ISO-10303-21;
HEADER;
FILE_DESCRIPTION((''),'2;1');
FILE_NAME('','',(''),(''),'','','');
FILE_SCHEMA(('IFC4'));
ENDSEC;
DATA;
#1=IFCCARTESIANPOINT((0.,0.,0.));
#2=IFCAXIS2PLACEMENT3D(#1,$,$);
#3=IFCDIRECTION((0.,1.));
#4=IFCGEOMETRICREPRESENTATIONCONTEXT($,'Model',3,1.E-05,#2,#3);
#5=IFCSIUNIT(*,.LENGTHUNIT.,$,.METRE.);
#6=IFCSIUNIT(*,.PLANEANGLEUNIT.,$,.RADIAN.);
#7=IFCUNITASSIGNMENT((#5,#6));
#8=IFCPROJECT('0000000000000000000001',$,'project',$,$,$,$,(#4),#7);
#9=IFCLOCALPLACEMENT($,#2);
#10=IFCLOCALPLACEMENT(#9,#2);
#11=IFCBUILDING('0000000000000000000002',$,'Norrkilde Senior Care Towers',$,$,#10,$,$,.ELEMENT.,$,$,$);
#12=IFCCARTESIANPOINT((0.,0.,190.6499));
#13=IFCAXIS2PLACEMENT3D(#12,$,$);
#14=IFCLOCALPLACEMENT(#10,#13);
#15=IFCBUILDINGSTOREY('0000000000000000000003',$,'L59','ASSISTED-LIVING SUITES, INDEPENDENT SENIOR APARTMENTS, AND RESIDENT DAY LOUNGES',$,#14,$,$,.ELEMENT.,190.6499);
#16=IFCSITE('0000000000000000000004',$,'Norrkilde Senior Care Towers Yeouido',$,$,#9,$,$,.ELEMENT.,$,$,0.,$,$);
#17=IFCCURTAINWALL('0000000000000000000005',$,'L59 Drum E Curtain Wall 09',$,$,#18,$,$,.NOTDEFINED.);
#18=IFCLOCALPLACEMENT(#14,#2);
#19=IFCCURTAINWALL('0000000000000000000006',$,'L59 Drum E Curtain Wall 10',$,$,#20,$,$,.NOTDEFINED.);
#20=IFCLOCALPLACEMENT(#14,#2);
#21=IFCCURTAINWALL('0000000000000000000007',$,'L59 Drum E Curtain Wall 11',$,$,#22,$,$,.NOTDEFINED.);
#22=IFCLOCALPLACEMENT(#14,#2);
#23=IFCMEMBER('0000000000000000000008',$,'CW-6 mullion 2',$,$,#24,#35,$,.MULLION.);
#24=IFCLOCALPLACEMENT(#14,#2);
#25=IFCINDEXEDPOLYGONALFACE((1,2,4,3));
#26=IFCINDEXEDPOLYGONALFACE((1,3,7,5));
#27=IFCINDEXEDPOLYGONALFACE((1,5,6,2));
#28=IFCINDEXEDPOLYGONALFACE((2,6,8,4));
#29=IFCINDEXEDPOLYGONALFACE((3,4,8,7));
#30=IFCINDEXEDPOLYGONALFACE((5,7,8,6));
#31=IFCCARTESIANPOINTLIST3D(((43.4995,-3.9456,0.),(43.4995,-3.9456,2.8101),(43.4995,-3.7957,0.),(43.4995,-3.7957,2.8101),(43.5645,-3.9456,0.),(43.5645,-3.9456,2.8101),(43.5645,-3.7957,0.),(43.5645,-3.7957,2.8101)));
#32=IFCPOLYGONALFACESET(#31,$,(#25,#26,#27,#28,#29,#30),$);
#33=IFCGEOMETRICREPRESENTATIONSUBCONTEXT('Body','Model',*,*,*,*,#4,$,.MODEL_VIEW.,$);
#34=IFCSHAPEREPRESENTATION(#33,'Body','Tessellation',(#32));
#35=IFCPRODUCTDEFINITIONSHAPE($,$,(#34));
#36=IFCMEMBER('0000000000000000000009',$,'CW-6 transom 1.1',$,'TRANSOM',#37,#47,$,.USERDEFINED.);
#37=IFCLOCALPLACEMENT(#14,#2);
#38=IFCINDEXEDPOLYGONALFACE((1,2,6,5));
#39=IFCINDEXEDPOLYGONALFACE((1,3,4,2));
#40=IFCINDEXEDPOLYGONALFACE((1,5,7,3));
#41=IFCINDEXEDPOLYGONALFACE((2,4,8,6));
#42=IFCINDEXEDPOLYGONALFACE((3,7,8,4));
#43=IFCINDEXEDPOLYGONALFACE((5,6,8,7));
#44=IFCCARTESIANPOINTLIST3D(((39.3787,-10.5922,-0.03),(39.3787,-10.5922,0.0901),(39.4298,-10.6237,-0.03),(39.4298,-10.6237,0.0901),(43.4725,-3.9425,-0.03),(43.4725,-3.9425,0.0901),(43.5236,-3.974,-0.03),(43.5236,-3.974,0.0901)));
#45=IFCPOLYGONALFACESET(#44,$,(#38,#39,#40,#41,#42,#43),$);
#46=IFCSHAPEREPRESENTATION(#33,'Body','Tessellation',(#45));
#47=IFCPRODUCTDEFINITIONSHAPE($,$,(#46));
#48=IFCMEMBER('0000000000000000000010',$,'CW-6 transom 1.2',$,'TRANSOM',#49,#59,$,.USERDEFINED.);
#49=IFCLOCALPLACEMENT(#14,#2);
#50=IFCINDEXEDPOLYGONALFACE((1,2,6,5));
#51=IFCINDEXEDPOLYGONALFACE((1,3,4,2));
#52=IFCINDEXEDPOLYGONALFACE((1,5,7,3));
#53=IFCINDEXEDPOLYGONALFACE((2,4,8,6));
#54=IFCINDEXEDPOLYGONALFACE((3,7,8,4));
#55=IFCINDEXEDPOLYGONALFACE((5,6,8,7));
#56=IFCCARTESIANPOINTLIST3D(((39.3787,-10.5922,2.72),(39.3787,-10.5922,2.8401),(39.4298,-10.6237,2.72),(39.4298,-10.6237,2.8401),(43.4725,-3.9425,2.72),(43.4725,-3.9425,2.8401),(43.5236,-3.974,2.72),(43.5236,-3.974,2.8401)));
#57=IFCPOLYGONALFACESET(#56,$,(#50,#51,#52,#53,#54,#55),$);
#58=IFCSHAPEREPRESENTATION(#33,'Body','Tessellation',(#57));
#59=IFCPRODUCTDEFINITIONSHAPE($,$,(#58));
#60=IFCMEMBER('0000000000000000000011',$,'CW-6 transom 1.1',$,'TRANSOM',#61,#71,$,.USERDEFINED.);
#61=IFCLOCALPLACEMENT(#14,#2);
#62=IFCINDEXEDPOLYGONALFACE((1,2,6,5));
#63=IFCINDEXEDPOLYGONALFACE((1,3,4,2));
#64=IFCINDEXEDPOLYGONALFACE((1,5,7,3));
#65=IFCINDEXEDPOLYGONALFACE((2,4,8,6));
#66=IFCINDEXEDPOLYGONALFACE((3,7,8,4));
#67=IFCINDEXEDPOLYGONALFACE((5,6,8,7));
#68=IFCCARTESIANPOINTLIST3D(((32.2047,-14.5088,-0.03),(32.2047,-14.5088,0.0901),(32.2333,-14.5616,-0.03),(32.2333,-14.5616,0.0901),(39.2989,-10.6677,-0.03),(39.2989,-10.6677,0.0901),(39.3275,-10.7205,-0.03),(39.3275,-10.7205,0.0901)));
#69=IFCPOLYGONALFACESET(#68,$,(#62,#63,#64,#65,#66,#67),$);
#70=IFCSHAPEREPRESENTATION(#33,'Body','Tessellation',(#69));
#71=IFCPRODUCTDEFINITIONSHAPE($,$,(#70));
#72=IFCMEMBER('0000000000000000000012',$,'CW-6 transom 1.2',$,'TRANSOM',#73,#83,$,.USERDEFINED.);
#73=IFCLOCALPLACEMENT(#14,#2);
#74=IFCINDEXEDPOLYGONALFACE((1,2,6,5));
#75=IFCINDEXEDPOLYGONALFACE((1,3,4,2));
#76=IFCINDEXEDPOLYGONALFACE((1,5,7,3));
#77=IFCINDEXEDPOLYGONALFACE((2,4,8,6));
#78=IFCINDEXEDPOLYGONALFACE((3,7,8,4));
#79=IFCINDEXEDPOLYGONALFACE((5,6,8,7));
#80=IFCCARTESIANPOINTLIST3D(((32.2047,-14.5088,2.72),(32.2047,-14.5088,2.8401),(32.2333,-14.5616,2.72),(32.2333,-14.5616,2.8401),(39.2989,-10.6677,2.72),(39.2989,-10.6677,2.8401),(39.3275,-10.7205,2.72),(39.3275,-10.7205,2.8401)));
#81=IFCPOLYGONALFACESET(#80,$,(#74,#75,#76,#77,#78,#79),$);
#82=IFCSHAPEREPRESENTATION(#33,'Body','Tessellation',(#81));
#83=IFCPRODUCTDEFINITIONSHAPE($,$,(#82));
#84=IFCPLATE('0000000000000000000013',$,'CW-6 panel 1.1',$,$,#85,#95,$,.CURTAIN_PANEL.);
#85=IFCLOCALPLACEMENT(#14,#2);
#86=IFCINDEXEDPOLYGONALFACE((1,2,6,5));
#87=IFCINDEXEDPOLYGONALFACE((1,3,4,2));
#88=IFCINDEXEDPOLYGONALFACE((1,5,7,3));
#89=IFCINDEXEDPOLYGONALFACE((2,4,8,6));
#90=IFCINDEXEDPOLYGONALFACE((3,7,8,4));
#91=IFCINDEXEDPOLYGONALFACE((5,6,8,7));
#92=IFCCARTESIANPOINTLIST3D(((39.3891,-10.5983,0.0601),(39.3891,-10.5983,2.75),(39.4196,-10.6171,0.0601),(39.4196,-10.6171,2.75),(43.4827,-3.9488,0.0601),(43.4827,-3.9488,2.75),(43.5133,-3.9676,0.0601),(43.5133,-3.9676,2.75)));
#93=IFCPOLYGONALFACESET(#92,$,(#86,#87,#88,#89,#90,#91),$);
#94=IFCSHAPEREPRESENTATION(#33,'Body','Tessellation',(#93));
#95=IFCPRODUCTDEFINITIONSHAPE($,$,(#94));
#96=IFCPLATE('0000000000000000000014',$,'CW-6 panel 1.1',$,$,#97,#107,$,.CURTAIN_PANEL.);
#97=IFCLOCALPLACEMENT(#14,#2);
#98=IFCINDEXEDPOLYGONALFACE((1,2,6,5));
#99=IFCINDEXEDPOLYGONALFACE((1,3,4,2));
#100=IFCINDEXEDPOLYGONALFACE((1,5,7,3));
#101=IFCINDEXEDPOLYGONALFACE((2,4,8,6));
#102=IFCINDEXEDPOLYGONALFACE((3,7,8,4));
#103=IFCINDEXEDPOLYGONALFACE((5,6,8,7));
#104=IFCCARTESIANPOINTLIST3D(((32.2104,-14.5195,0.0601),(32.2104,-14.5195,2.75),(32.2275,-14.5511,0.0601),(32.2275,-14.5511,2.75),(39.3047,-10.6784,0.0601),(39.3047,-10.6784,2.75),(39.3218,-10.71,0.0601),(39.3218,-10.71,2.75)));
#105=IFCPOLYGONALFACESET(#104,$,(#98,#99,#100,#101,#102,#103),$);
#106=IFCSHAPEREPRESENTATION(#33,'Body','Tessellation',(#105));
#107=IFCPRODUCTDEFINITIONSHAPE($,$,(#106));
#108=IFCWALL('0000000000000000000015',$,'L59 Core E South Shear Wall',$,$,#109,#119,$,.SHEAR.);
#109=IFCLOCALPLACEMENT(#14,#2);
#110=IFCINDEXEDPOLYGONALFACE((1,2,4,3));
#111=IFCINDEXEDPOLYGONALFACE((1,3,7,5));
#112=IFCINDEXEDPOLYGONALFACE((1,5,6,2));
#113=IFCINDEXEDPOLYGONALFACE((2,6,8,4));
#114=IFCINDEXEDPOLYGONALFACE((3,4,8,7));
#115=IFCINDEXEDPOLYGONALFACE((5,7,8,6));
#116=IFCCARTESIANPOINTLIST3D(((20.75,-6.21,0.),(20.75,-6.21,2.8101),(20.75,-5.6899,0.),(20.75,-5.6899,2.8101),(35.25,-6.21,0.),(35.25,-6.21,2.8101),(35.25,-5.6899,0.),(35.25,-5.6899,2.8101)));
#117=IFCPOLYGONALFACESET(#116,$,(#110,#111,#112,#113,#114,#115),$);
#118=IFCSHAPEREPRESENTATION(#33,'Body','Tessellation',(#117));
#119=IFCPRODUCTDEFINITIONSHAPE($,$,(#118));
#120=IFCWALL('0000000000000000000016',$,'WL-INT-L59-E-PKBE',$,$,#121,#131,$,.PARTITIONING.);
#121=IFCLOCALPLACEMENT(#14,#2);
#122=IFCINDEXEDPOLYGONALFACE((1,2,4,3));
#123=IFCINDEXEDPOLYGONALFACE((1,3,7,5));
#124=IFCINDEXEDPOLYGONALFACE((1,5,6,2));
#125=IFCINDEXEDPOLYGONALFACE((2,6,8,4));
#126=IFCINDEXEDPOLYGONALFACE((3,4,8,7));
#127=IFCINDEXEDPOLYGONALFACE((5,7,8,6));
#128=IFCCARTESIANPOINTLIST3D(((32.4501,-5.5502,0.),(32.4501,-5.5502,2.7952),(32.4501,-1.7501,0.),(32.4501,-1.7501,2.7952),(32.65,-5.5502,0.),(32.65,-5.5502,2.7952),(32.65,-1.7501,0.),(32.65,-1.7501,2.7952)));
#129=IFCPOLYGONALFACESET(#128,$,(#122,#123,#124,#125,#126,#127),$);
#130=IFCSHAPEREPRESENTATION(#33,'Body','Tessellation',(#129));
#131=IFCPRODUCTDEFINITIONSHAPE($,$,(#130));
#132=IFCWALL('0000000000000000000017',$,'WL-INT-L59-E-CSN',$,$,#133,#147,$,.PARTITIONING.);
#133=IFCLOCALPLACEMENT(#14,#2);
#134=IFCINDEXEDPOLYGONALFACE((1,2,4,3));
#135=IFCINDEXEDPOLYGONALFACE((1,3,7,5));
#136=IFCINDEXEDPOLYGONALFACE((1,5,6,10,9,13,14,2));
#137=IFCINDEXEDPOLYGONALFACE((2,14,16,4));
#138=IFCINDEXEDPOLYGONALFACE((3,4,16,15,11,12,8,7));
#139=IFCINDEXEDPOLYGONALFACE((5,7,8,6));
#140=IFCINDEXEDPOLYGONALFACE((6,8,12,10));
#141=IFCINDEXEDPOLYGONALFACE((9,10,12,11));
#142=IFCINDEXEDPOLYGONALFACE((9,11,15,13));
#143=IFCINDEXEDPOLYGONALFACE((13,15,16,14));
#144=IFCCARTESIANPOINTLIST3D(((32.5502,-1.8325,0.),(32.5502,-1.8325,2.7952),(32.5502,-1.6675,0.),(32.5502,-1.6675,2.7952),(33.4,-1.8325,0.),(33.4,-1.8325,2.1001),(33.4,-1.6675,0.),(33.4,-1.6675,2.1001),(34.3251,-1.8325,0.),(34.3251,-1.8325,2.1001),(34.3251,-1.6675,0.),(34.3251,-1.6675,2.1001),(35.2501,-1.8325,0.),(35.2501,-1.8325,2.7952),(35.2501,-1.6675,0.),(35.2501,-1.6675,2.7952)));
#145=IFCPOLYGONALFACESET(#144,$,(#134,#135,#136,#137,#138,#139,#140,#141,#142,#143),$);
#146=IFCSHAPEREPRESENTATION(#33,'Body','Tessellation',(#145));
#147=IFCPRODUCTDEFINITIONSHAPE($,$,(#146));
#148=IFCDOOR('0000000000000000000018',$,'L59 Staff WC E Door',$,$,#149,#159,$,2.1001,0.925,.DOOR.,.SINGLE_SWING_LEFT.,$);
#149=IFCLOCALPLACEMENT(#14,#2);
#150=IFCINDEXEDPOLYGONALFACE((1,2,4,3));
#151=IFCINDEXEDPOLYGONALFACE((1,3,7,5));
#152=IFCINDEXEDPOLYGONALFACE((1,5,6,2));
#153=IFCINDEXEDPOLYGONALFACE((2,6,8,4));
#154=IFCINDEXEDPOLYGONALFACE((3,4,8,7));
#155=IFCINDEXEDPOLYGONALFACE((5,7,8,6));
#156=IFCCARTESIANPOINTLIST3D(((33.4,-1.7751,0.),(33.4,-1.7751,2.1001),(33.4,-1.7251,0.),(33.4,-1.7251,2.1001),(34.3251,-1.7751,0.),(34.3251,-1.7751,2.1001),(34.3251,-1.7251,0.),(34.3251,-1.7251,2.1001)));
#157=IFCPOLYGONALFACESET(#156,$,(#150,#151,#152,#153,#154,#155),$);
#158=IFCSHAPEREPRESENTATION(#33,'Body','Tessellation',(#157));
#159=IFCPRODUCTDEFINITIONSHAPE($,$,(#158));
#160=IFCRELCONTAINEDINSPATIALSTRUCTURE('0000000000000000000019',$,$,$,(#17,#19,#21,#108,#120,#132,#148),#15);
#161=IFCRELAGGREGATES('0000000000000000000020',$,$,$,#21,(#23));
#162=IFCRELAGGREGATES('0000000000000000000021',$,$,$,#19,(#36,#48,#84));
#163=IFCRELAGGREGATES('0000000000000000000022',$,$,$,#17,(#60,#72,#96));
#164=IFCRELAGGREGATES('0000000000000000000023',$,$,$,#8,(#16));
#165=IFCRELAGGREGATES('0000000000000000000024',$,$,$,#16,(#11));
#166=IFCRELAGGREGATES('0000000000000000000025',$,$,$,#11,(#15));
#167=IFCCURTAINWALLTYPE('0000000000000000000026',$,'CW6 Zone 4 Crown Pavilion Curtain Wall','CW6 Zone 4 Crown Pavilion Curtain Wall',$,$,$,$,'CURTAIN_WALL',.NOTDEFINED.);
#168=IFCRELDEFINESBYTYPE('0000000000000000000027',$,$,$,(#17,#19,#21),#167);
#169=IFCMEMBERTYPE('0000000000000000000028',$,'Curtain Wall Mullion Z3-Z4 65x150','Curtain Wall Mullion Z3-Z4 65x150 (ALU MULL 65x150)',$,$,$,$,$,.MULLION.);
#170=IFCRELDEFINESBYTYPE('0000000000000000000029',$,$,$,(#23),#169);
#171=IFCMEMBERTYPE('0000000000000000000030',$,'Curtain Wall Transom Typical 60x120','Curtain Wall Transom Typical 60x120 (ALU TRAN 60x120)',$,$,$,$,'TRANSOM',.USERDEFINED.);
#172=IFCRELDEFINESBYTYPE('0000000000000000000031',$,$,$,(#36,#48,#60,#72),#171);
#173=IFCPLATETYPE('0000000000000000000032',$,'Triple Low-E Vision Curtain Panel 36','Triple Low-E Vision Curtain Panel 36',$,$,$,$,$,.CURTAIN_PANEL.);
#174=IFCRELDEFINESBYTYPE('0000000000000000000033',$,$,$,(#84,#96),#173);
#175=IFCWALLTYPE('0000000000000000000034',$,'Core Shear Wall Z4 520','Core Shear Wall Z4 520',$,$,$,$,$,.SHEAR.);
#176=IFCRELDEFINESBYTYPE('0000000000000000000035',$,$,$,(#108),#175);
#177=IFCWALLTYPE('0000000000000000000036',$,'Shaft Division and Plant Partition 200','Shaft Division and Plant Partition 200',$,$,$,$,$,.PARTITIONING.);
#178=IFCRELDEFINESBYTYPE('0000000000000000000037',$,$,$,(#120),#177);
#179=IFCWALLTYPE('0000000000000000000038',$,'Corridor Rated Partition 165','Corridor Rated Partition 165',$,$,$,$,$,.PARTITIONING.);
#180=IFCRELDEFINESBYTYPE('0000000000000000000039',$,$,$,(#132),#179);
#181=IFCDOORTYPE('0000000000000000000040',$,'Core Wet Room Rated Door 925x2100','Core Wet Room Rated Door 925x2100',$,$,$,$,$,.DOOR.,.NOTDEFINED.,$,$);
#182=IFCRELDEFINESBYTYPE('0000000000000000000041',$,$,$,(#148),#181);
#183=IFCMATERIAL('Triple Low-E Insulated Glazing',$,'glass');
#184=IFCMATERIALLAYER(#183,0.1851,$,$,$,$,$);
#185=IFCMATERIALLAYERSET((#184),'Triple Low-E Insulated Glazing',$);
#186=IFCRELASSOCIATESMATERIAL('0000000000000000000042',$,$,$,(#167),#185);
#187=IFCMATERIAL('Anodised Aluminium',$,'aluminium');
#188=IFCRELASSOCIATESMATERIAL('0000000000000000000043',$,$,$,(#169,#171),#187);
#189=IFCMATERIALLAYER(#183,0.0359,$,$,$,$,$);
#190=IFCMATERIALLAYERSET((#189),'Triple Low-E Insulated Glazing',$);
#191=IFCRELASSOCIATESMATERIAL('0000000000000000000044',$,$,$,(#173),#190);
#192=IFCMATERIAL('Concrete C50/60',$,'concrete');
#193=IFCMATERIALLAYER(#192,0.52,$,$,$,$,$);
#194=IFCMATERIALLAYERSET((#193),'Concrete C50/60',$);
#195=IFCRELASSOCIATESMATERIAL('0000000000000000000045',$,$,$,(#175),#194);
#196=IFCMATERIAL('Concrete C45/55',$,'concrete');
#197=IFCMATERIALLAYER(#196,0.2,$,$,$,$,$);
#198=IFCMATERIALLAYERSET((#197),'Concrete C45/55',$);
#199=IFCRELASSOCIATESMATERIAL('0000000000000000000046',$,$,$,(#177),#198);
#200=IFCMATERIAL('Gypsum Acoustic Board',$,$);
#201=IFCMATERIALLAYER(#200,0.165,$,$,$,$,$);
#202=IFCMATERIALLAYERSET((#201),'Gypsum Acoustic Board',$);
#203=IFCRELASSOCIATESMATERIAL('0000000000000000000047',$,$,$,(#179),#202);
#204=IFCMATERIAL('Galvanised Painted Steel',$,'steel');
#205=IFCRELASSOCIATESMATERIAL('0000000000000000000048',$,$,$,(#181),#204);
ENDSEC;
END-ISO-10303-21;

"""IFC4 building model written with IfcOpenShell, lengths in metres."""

from ifc_helpers import new_model, si_unit, direction, frame, frame_2d, origin, origin_2d, place, context, subcontext, project, spatial, rectangle, extrude, source, transform, mapped, material, layer, layer_set, material_profile, profile_set, type_object, type_shapes, element, fill, aggregate, save


model = new_model("IFC4")

# Units and contexts
model_context = context("Model", 3, precision=1e-05, world=origin(), true_north=direction((0.0, 1.0)))
body_context = subcontext(model_context, "Body", "Model", "MODEL_VIEW")
ifc_project = project(units=[si_unit("LENGTHUNIT", "METRE"), si_unit("PLANEANGLEUNIT", "RADIAN")], contexts=[model_context])

# Site, building, storey
site_placement = place(None, origin())
site = spatial("IfcSite", under=ifc_project, at=site_placement, Name="Norrkilde Senior Care Towers Yeouido", CompositionType="ELEMENT", RefElevation=0.0)
building_placement = place(site_placement, origin())
building = spatial("IfcBuilding", under=site, at=building_placement, Name="Norrkilde Senior Care Towers", CompositionType="ELEMENT")
storey_placement = place(building_placement, frame((0.0, 0.0, 190.6499)))
storey = spatial("IfcBuildingStorey", under=building, at=storey_placement, Name="L59", Description="ASSISTED-LIVING SUITES, INDEPENDENT SENIOR APARTMENTS, AND RESIDENT DAY LOUNGES", CompositionType="ELEMENT", Elevation=190.6499)

# Shared definitions
ifc_material_1 = material(Name="Concrete C50/60", Category="concrete")

# Curtain wall
ifc_material_2 = material(Name="Triple Low-E Insulated Glazing", Category="glass")
ifc_layer_1 = layer(ifc_material_2, 0.1851)
ifc_layer_set_1 = layer_set([ifc_layer_1], Name="Triple Low-E Insulated Glazing")
curtain_wall_type = type_object("IfcCurtainWallType", Name="CW6 Zone 4 Crown Pavilion Curtain Wall", Description="CW6 Zone 4 Crown Pavilion Curtain Wall", ElementType="CURTAIN_WALL", PredefinedType="NOTDEFINED", material=ifc_layer_set_1)
curtain_wall_1_placement = place(storey_placement, origin())
curtain_wall_1 = element("IfcCurtainWall", 1, at=curtain_wall_1_placement, inside=storey, type_object=curtain_wall_type, Name="L59 Drum E Curtain Wall 09", PredefinedType="NOTDEFINED")
ifc_material_3 = material(Name="Anodised Aluminium", Category="aluminium")
ifc_material_profile_1 = material_profile(ifc_material_3, rectangle(XDim=0.0649, YDim=0.1499, at=origin_2d()), Name="ALU MULL 65x150")
ifc_profile_set_1 = profile_set([ifc_material_profile_1], Name="Anodised Aluminium")
member_type_1 = type_object("IfcMemberType", Name="Curtain Wall Mullion Z3-Z4 65x150", Description="Curtain Wall Mullion Z3-Z4 65x150 (ALU MULL 65x150)", PredefinedType="MULLION", material=ifc_profile_set_1)
shared_shape_1 = source(origin(), body_context, "Body", "SweptSolid", [
    extrude(rectangle(XDim=0.0649, YDim=0.1499, at=origin_2d()), origin(), (0.0, 0.0, 1.0), 2.8101),
])
type_shapes(member_type_1, [shared_shape_1])

# Curtain wall
curtain_wall_2_placement = place(storey_placement, origin())
curtain_wall_2 = element("IfcCurtainWall", 2, at=curtain_wall_2_placement, inside=storey, type_object=curtain_wall_type, Name="L59 Drum E Curtain Wall 10", PredefinedType="NOTDEFINED")

# Curtain wall, member
curtain_wall_3_placement = place(storey_placement, origin())
curtain_wall_3 = element("IfcCurtainWall", 3, at=curtain_wall_3_placement, inside=storey, type_object=curtain_wall_type, Name="L59 Drum E Curtain Wall 11", PredefinedType="NOTDEFINED")
member_1_placement = place(storey_placement, frame((43.532, -3.8706, 0.0), z_axis=(0.0, 0.0, 1.0), x_axis=(1.0, 0.0, 0.0)))
member_1 = element("IfcMember", 4, at=member_1_placement, type_object=member_type_1, Name="CW-6 mullion 2", PredefinedType="MULLION", context=body_context, shape_type="MappedRepresentation", body=[
    mapped(shared_shape_1, transform((0.0, 0.0, 0.0), x_axis=(1.0, 0.0, 0.0), y_axis=(0.0, 1.0, 0.0), z_axis=(0.0, 0.0, 1.0), scale=1.0)),
])
aggregate(curtain_wall_3, [member_1])

# Members
ifc_material_profile_2 = material_profile(ifc_material_3, rectangle(XDim=0.0601, YDim=0.1201, at=origin_2d()), Name="ALU TRAN 60x120")
ifc_profile_set_2 = profile_set([ifc_material_profile_2], Name="Anodised Aluminium")
member_type_2 = type_object("IfcMemberType", Name="Curtain Wall Transom Typical 60x120", Description="Curtain Wall Transom Typical 60x120 (ALU TRAN 60x120)", ElementType="TRANSOM", PredefinedType="USERDEFINED", material=ifc_profile_set_2)
shared_shape_2 = source(origin(), body_context, "Body", "SweptSolid", [
    extrude(rectangle(XDim=0.0601, YDim=0.1201, at=origin_2d()), origin(), (0.0, 0.0, 1.0), 7.8088),
])
member_2_placement = place(storey_placement, frame((43.498, -3.9583, 0.03), z_axis=(-0.524251, -0.851564, 0.0), x_axis=(0.851564, -0.524251, 0.0)))
member_2 = element("IfcMember", 5, at=member_2_placement, type_object=member_type_2, Name="CW-6 transom 1.1", ObjectType="TRANSOM", PredefinedType="USERDEFINED", context=body_context, shape_type="MappedRepresentation", body=[
    mapped(shared_shape_2, transform((0.0, 0.0, 0.0), x_axis=(1.0, 0.0, 0.0), y_axis=(0.0, 1.0, 0.0), z_axis=(0.0, 0.0, 1.0), scale=1.0)),
])
member_3_placement = place(storey_placement, frame((43.498, -3.9583, 2.78), z_axis=(-0.524251, -0.851564, 0.0), x_axis=(0.851564, -0.524251, 0.0)))
member_3 = element("IfcMember", 6, at=member_3_placement, type_object=member_type_2, Name="CW-6 transom 1.2", ObjectType="TRANSOM", PredefinedType="USERDEFINED", context=body_context, shape_type="MappedRepresentation", body=[
    mapped(shared_shape_2, transform((0.0, 0.0, 0.0), x_axis=(1.0, 0.0, 0.0), y_axis=(0.0, 1.0, 0.0), z_axis=(0.0, 0.0, 1.0), scale=1.0)),
])
shared_shape_3 = source(origin(), body_context, "Body", "SweptSolid", [
    extrude(rectangle(XDim=0.0601, YDim=0.1201, at=origin_2d()), origin(), (0.0, 0.0, 1.0), 8.0674),
])
type_shapes(member_type_2, [shared_shape_2, shared_shape_3])
member_4_placement = place(storey_placement, frame((39.3132, -10.6941, 0.03), z_axis=(-0.879378, -0.476125, 0.0), x_axis=(0.476125, -0.879378, 0.0)))
member_4 = element("IfcMember", 7, at=member_4_placement, type_object=member_type_2, Name="CW-6 transom 1.1", ObjectType="TRANSOM", PredefinedType="USERDEFINED", context=body_context, shape_type="MappedRepresentation", body=[
    mapped(shared_shape_3, transform((0.0, 0.0, 0.0), x_axis=(1.0, 0.0, 0.0), y_axis=(0.0, 1.0, 0.0), z_axis=(0.0, 0.0, 1.0), scale=1.0)),
])
member_5_placement = place(storey_placement, frame((39.3132, -10.6941, 2.78), z_axis=(-0.879378, -0.476125, 0.0), x_axis=(0.476125, -0.879378, 0.0)))
member_5 = element("IfcMember", 8, at=member_5_placement, type_object=member_type_2, Name="CW-6 transom 1.2", ObjectType="TRANSOM", PredefinedType="USERDEFINED", context=body_context, shape_type="MappedRepresentation", body=[
    mapped(shared_shape_3, transform((0.0, 0.0, 0.0), x_axis=(1.0, 0.0, 0.0), y_axis=(0.0, 1.0, 0.0), z_axis=(0.0, 0.0, 1.0), scale=1.0)),
])

# Plates
ifc_layer_2 = layer(ifc_material_2, 0.0359)
ifc_layer_set_2 = layer_set([ifc_layer_2], Name="Triple Low-E Insulated Glazing")
plate_type = type_object("IfcPlateType", Name="Triple Low-E Vision Curtain Panel 36", Description="Triple Low-E Vision Curtain Panel 36", PredefinedType="CURTAIN_PANEL", material=ifc_layer_set_2)
shared_shape_4 = source(origin(), body_context, "Body", "SweptSolid", [
    extrude(rectangle(XDim=7.8086, YDim=0.0359, at=origin_2d()), origin(), (0.0, 0.0, 1.0), 2.6899),
])
plate_1_placement = place(storey_placement, frame((41.4512, -7.283, 0.0601), z_axis=(0.0, 0.0, 1.0), x_axis=(-0.524253, -0.851563, 0.0)))
plate_1 = element("IfcPlate", 9, at=plate_1_placement, type_object=plate_type, Name="CW-6 panel 1.1", PredefinedType="CURTAIN_PANEL", context=body_context, shape_type="MappedRepresentation", body=[
    mapped(shared_shape_4, transform((0.0, 0.0, 0.0), x_axis=(1.0, 0.0, 0.0), y_axis=(0.0, 1.0, 0.0), z_axis=(0.0, 0.0, 1.0), scale=1.0)),
])
aggregate(curtain_wall_2, [member_2, member_3, plate_1])
shared_shape_5 = source(origin(), body_context, "Body", "SweptSolid", [
    extrude(rectangle(XDim=8.0674, YDim=0.0359, at=origin_2d()), origin(), (0.0, 0.0, 1.0), 2.6899),
])
type_shapes(plate_type, [shared_shape_4, shared_shape_5])
plate_2_placement = place(storey_placement, frame((35.7661, -12.6147, 0.0601), z_axis=(0.0, 0.0, 1.0), x_axis=(-0.879373, -0.476133, 0.0)))
plate_2 = element("IfcPlate", 10, at=plate_2_placement, type_object=plate_type, Name="CW-6 panel 1.1", PredefinedType="CURTAIN_PANEL", context=body_context, shape_type="MappedRepresentation", body=[
    mapped(shared_shape_5, transform((0.0, 0.0, 0.0), x_axis=(1.0, 0.0, 0.0), y_axis=(0.0, 1.0, 0.0), z_axis=(0.0, 0.0, 1.0), scale=1.0)),
])
aggregate(curtain_wall_1, [member_4, member_5, plate_2])

# Walls
ifc_layer_3 = layer(ifc_material_1, 0.52)
ifc_layer_set_3 = layer_set([ifc_layer_3], Name="Concrete C50/60")
wall_type_1 = type_object("IfcWallType", Name="Core Shear Wall Z4 520", Description="Core Shear Wall Z4 520", PredefinedType="SHEAR", material=ifc_layer_set_3)
shared_shape_6 = source(origin(), body_context, "Body", "SweptSolid", [
    extrude(rectangle(XDim=14.5, YDim=0.52, at=frame_2d((7.25, 0.0))), origin(), (0.0, 0.0, 1.0), 2.8101),
])
type_shapes(wall_type_1, [shared_shape_6])
wall_1_placement = place(storey_placement, frame((35.25, -5.95, 0.0), z_axis=(0.0, 0.0, 1.0), x_axis=(-1.0, 0.0, 0.0)))
element("IfcWall", 11, at=wall_1_placement, inside=storey, type_object=wall_type_1, Name="L59 Core E South Shear Wall", PredefinedType="SHEAR", context=body_context, shape_type="MappedRepresentation", body=[
    mapped(shared_shape_6, transform((0.0, 0.0, 0.0), x_axis=(1.0, 0.0, 0.0), y_axis=(0.0, 1.0, 0.0), z_axis=(0.0, 0.0, 1.0), scale=1.0)),
])
ifc_material_4 = material(Name="Concrete C45/55", Category="concrete")
ifc_layer_4 = layer(ifc_material_4, 0.2)
ifc_layer_set_4 = layer_set([ifc_layer_4], Name="Concrete C45/55")
wall_type_2 = type_object("IfcWallType", Name="Shaft Division and Plant Partition 200", Description="Shaft Division and Plant Partition 200", PredefinedType="PARTITIONING", material=ifc_layer_set_4)
shared_shape_7 = source(origin(), body_context, "Body", "SweptSolid", [
    extrude(rectangle(XDim=3.8, YDim=0.2, at=frame_2d((1.8999, 0.0))), origin(), (0.0, 0.0, 1.0), 2.7952),
])
type_shapes(wall_type_2, [shared_shape_7])
wall_2_placement = place(storey_placement, frame((32.55, -5.55, 0.0), z_axis=(0.0, 0.0, 1.0), x_axis=(0.0, 1.0, 0.0)))
element("IfcWall", 12, at=wall_2_placement, inside=storey, type_object=wall_type_2, Name="WL-INT-L59-E-PKBE", PredefinedType="PARTITIONING", context=body_context, shape_type="MappedRepresentation", body=[
    mapped(shared_shape_7, transform((0.0, 0.0, 0.0), x_axis=(1.0, 0.0, 0.0), y_axis=(0.0, 1.0, 0.0), z_axis=(0.0, 0.0, 1.0), scale=1.0)),
])

# Wall, opening, door
ifc_material_5 = material(Name="Gypsum Acoustic Board")
ifc_layer_5 = layer(ifc_material_5, 0.165)
ifc_layer_set_5 = layer_set([ifc_layer_5], Name="Gypsum Acoustic Board")
wall_type_3 = type_object("IfcWallType", Name="Corridor Rated Partition 165", Description="Corridor Rated Partition 165", PredefinedType="PARTITIONING", material=ifc_layer_set_5)
shared_shape_8 = source(origin(), body_context, "Body", "SweptSolid", [
    extrude(rectangle(XDim=2.7, YDim=0.165, at=frame_2d((1.3501, 0.0))), origin(), (0.0, 0.0, 1.0), 2.7952),
])
wall_3_placement = place(storey_placement, frame((32.55, -1.75, 0.0), z_axis=(0.0, 0.0, 1.0), x_axis=(1.0, 0.0, 0.0)))
wall_3 = element("IfcWall", 13, at=wall_3_placement, inside=storey, type_object=wall_type_3, Name="WL-INT-L59-E-CSN", PredefinedType="PARTITIONING", context=body_context, shape_type="MappedRepresentation", body=[
    mapped(shared_shape_8, transform((0.0, 0.0, 0.0), x_axis=(1.0, 0.0, 0.0), y_axis=(0.0, 1.0, 0.0), z_axis=(0.0, 0.0, 1.0), scale=1.0)),
])
opening_1_placement = place(wall_3_placement, frame((0.8501, 0.0, 0.0)))
opening_1 = element("IfcOpeningElement", 14, at=opening_1_placement, cuts=wall_3, PredefinedType="OPENING", context=body_context, shape_type="SweptSolid", body=[
    extrude(rectangle(XDim=0.925, YDim=2.1001, at=frame_2d((0.4624, 1.05))), frame((0.0, 0.0925, 0.0), z_axis=(0.0, -1.0, 0.0), x_axis=(1.0, 0.0, 0.0)), (0.0, 0.0, 1.0), 0.1851),
])
ifc_material_6 = material(Name="Galvanised Painted Steel", Category="steel")
door_type_1 = type_object("IfcDoorType", Name="Core Wet Room Rated Door 925x2100", Description="Core Wet Room Rated Door 925x2100", OperationType="NOTDEFINED", PredefinedType="DOOR", material=ifc_material_6)
shared_shape_9 = source(origin(), body_context, "Body", "SweptSolid", [
    extrude(rectangle(XDim=0.925, YDim=2.1001, at=frame_2d((0.4624, 1.05))), frame((0.0, 0.0249, 0.0), z_axis=(0.0, -1.0, 0.0), x_axis=(1.0, 0.0, 0.0)), (0.0, 0.0, 1.0), 0.05),
])
type_shapes(door_type_1, [shared_shape_9])
door_1_placement = place(opening_1_placement, origin())
door_1 = element("IfcDoor", 15, at=door_1_placement, inside=storey, type_object=door_type_1, Name="L59 Staff WC E Door", OperationType="SINGLE_SWING_LEFT", OverallHeight=2.1001, OverallWidth=0.925, PredefinedType="DOOR", context=body_context, shape_type="MappedRepresentation", body=[
    mapped(shared_shape_9, transform((0.0, 0.0, 0.0), x_axis=(1.0, 0.0, 0.0), y_axis=(0.0, 1.0, 0.0), z_axis=(0.0, 0.0, 1.0), scale=1.0)),
])
fill(opening_1, door_1)

save(model, "model.ifc")
